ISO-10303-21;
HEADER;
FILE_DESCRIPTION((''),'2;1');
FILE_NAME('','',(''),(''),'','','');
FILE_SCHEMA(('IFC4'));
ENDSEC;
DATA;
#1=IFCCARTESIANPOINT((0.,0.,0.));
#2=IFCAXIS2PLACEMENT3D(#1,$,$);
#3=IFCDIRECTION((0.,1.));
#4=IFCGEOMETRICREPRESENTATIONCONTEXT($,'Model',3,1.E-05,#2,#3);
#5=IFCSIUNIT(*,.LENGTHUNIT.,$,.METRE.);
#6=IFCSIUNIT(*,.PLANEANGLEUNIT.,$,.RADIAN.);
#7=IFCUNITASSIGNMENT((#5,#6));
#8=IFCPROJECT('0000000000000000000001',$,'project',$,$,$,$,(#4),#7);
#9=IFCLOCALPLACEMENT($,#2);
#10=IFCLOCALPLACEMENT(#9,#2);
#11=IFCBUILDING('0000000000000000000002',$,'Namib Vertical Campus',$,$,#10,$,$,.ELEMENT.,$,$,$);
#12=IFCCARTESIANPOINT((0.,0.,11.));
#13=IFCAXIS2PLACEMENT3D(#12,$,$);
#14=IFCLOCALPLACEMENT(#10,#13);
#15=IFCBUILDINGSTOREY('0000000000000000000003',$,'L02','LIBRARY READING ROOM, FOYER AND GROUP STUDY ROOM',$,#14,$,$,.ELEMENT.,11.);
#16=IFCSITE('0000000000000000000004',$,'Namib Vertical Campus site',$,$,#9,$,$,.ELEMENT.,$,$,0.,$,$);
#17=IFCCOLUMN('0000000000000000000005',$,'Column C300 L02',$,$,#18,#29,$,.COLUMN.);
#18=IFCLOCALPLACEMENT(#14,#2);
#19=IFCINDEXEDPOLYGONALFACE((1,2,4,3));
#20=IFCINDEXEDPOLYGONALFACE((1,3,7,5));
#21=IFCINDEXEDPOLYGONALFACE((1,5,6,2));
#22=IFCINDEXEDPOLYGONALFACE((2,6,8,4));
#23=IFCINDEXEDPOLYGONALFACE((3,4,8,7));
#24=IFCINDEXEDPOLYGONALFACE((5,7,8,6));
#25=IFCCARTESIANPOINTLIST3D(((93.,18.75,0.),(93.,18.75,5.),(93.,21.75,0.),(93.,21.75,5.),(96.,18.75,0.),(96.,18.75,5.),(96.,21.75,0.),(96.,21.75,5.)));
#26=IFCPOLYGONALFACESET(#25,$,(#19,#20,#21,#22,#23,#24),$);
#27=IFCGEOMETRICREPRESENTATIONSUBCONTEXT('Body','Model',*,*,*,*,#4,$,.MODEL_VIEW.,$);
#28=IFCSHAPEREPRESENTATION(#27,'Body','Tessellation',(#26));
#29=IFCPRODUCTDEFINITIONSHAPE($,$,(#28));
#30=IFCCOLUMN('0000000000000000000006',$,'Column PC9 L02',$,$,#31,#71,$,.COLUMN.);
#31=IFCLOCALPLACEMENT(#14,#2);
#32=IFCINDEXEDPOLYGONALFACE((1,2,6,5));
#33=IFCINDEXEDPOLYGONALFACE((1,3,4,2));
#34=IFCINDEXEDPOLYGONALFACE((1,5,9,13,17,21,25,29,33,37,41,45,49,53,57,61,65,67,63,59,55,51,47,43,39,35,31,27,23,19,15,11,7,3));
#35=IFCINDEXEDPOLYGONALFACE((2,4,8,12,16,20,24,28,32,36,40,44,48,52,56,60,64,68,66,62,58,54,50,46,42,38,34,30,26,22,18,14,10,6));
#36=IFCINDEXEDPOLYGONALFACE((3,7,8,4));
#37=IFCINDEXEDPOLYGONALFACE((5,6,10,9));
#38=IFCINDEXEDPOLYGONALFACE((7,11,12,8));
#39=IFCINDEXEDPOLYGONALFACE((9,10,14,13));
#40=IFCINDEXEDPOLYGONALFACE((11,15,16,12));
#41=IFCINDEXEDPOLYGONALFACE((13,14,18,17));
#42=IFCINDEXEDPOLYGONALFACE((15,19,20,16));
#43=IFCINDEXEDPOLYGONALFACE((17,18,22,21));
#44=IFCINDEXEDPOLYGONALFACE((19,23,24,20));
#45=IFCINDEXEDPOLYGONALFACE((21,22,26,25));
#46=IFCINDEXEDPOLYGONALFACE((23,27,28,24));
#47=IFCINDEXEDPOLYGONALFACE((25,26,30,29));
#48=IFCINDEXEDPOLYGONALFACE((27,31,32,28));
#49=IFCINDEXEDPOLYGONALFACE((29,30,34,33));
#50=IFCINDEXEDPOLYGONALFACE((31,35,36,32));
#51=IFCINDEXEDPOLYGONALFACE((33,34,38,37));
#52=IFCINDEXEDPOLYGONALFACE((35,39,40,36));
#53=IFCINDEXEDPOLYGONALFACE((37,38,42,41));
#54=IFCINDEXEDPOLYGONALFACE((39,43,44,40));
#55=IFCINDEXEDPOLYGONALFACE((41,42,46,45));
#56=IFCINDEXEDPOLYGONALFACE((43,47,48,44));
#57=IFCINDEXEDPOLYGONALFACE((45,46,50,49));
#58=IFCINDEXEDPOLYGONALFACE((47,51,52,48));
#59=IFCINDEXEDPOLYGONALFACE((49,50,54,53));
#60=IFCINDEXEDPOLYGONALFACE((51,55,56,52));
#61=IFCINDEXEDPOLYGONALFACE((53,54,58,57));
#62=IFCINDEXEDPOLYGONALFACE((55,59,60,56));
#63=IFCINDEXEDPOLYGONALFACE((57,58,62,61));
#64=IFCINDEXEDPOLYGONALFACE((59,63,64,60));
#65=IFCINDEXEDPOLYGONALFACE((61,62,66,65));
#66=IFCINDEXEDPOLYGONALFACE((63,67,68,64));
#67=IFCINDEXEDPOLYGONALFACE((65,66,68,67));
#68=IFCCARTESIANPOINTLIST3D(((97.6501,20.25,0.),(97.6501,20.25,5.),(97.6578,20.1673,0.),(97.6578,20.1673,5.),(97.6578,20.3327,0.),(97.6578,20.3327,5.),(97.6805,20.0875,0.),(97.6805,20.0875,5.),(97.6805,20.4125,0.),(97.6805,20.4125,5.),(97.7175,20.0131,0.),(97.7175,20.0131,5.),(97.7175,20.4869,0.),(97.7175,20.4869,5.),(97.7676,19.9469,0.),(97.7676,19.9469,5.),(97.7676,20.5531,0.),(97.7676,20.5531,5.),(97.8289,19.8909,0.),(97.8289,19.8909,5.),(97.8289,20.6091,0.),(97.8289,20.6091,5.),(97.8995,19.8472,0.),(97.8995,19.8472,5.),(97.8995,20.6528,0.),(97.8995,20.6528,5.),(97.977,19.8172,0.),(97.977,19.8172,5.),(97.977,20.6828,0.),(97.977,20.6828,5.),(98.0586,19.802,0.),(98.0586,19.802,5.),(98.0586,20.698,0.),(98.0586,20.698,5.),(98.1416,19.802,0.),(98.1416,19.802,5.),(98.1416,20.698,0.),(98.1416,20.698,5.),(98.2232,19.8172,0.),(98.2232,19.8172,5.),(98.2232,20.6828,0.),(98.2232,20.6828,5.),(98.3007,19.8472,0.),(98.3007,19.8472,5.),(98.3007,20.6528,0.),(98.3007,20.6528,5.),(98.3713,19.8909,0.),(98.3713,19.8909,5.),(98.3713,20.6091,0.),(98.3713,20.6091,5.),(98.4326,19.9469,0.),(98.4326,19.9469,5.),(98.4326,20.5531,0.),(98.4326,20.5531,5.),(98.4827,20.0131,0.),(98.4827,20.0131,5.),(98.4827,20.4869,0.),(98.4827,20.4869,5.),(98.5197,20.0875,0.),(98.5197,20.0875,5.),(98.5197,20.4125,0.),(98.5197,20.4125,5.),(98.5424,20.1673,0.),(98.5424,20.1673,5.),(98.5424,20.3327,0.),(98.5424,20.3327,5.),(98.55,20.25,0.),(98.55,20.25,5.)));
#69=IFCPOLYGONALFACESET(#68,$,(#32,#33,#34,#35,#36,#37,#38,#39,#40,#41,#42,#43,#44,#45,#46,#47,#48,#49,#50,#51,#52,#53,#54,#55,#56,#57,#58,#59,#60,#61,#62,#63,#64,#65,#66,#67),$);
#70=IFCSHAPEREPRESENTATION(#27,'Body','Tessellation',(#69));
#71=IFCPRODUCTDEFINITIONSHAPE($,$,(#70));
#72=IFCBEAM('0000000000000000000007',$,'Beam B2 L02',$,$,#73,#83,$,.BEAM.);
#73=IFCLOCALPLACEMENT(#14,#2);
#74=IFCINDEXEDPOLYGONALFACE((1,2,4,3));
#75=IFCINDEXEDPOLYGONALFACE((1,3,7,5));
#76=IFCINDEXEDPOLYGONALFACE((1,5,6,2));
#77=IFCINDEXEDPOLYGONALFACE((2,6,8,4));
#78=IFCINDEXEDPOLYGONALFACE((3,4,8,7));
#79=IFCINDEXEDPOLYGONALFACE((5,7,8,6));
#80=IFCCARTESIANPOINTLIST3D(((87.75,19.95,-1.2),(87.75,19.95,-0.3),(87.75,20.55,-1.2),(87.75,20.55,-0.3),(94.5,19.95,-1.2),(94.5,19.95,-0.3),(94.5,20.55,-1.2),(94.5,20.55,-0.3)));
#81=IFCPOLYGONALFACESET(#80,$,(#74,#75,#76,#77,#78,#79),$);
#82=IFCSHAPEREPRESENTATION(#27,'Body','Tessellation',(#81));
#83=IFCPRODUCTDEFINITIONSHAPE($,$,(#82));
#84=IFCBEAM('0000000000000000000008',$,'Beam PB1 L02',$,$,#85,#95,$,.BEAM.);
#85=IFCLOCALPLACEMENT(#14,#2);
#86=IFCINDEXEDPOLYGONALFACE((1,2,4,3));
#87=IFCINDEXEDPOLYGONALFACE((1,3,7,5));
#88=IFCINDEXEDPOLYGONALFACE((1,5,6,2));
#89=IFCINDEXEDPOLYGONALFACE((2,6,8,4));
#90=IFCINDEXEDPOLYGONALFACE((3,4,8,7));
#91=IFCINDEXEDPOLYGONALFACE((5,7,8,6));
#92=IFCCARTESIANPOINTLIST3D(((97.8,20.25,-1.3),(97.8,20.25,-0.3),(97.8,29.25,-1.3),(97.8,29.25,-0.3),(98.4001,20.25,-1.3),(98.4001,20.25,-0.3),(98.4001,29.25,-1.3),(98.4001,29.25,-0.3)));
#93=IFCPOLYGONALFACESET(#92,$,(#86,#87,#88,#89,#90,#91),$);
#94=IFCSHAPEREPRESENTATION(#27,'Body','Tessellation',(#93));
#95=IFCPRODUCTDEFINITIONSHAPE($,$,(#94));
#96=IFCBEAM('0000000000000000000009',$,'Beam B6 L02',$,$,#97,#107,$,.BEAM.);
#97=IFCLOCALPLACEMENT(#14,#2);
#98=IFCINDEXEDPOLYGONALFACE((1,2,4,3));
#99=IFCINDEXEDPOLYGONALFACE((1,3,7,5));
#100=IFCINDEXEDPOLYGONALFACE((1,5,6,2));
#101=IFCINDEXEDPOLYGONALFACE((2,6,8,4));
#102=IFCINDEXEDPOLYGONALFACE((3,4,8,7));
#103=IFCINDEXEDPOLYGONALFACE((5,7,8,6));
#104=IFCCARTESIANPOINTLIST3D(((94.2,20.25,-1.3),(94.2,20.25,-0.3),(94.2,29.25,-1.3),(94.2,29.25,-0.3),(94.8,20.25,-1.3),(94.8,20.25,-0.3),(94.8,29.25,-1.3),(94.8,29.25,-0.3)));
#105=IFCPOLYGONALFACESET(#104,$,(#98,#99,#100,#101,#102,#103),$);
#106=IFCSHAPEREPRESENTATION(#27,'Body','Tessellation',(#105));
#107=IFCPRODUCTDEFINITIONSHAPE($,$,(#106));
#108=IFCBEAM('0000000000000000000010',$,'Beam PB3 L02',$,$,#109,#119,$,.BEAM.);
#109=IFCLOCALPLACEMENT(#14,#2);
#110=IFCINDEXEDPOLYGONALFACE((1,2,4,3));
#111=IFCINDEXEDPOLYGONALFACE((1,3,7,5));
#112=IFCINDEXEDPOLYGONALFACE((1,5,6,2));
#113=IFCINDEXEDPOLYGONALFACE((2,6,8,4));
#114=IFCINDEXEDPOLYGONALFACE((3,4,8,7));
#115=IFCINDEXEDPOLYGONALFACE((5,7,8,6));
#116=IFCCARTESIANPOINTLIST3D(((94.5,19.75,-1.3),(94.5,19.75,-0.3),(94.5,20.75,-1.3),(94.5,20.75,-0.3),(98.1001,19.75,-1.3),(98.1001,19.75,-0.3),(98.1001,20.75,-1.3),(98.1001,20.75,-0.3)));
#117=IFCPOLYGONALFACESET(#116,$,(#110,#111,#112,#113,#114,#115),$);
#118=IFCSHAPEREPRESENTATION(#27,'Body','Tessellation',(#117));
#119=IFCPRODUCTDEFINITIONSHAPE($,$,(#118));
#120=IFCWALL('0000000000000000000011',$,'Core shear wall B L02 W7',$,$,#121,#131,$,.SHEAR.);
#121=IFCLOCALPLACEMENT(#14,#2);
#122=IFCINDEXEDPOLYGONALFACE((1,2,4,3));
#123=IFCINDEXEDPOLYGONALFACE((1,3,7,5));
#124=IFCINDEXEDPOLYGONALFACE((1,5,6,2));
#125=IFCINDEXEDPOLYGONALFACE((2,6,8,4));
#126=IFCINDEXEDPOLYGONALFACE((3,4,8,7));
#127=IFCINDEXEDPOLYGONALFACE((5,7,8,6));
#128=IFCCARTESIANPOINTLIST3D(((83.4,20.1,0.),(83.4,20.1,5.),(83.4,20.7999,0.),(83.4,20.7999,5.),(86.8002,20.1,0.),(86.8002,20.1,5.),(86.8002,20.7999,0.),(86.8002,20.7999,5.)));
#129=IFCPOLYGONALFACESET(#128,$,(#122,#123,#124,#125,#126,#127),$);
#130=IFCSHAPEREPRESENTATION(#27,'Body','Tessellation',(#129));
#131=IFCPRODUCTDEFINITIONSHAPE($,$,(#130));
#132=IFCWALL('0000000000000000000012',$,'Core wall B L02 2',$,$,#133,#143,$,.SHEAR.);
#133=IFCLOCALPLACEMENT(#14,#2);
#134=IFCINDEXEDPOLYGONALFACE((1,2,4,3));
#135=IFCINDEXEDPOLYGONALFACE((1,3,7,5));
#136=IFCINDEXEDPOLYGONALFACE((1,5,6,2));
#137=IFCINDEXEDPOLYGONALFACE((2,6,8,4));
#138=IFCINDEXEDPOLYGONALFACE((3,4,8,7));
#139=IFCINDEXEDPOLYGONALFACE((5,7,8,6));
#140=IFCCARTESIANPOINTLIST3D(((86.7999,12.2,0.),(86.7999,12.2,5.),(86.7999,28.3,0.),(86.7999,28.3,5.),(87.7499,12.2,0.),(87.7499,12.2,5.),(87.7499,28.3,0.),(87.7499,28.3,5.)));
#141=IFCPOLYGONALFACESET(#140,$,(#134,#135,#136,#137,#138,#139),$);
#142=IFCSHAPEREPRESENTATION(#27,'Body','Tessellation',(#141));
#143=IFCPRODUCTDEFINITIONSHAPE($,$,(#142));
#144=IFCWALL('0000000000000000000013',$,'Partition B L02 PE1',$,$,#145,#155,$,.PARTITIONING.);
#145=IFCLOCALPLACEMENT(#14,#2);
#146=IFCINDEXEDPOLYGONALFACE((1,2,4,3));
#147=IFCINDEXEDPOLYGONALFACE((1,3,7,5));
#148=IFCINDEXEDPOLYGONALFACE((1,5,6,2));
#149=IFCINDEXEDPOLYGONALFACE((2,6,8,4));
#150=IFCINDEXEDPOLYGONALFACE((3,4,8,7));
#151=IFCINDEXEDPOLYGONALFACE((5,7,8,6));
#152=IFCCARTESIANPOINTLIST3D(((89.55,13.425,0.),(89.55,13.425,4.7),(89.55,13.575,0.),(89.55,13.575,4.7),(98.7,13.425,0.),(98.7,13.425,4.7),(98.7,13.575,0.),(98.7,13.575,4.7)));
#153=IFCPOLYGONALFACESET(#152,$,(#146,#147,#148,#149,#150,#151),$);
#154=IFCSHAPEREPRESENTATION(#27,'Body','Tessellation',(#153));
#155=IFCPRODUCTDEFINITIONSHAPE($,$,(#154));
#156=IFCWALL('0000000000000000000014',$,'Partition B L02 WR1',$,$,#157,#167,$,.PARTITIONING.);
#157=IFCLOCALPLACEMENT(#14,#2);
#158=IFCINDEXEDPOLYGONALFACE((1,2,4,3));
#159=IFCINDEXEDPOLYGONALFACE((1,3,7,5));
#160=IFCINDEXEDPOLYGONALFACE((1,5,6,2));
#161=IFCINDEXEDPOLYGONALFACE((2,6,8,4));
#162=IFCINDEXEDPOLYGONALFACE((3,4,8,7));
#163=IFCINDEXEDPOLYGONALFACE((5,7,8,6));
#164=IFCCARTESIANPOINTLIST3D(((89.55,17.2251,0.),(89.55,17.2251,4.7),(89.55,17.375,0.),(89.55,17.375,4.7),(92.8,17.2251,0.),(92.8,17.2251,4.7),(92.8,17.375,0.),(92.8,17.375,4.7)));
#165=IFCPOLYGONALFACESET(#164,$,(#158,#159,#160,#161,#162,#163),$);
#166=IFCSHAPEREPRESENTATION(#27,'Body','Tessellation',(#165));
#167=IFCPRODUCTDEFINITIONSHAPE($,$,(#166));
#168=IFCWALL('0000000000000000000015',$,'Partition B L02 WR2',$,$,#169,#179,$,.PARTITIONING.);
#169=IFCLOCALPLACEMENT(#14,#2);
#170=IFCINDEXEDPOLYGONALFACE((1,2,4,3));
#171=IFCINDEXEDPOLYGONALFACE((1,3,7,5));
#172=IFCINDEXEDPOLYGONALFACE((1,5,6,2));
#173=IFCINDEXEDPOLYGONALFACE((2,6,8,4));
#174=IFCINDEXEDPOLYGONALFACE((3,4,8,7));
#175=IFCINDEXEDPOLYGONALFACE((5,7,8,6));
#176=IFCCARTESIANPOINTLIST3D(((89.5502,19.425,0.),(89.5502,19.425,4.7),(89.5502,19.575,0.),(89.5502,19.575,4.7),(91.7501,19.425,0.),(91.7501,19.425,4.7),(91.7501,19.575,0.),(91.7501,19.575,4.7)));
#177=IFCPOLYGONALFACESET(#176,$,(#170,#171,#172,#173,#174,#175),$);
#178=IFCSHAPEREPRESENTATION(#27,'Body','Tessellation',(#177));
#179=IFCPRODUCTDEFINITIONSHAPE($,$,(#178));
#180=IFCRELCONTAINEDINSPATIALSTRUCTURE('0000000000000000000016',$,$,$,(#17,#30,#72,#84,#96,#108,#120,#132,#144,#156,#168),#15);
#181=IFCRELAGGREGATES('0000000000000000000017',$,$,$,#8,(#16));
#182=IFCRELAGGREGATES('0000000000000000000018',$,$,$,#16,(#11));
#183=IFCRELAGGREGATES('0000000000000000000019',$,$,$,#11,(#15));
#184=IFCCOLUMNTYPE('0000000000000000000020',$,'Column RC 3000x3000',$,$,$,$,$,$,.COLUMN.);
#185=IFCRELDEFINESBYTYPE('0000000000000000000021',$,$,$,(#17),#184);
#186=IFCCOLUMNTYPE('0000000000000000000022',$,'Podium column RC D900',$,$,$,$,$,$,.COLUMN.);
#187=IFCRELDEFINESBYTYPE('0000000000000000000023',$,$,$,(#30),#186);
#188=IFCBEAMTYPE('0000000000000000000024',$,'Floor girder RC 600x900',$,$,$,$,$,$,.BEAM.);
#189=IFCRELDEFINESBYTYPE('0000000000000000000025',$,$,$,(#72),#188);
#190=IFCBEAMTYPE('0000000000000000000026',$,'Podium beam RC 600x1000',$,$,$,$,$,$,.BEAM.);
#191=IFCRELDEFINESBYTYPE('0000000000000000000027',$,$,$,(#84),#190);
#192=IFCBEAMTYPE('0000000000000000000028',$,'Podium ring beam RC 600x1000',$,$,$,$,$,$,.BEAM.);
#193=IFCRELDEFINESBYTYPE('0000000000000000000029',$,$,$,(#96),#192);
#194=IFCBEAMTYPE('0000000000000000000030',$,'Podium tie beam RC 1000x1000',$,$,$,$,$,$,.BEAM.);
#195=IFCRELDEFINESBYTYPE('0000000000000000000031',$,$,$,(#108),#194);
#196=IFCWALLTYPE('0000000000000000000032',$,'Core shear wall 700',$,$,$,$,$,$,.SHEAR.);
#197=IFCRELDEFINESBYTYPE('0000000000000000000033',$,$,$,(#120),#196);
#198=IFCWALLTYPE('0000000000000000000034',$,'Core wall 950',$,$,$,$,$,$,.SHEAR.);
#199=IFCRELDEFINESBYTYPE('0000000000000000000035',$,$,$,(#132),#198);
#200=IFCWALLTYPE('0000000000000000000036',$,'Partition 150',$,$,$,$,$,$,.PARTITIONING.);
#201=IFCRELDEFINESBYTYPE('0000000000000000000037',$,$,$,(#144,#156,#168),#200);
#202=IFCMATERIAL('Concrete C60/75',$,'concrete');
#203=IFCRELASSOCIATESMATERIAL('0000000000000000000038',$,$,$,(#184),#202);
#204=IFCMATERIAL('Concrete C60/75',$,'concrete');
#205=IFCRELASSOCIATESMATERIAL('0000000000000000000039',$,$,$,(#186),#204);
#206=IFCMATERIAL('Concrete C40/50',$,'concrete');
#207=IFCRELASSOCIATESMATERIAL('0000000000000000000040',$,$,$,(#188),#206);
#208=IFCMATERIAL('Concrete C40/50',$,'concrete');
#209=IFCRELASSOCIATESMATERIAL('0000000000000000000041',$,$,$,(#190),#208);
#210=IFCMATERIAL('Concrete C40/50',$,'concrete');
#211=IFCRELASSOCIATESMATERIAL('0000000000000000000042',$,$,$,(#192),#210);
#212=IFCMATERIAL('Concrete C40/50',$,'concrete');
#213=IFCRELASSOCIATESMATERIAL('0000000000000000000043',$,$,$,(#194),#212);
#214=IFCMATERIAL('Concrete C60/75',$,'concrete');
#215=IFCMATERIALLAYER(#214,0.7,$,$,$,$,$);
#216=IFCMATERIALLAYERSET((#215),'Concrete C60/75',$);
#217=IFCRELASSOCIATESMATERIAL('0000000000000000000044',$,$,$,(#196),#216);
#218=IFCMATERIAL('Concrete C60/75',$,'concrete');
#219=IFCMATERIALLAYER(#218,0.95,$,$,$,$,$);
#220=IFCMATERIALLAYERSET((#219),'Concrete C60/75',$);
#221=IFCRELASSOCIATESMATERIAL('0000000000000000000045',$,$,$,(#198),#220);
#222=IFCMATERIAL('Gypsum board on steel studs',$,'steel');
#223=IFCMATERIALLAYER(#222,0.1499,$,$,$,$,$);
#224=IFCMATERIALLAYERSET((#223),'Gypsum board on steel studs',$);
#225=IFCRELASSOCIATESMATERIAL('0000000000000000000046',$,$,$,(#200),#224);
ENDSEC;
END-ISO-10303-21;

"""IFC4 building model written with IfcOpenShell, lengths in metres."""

from ifc_helpers import new_model, si_unit, direction, frame, frame_2d, origin, origin_2d, place, context, subcontext, project, spatial, rectangle, circle, extrude, material, layer, layer_set, material_profile, profile_set, type_object, element, save


model = new_model("IFC4")

# Units and contexts
model_context = context("Model", 3, precision=1e-05, world=origin(), true_north=direction((0.0, 1.0)))
body_context = subcontext(model_context, "Body", "Model", "MODEL_VIEW")
ifc_project = project(units=[si_unit("LENGTHUNIT", "METRE"), si_unit("PLANEANGLEUNIT", "RADIAN")], contexts=[model_context])

# Site, building, storey
site_placement = place(None, origin())
site = spatial("IfcSite", under=ifc_project, at=site_placement, Name="Namib Vertical Campus site", CompositionType="ELEMENT", RefElevation=0.0)
building_placement = place(site_placement, origin())
building = spatial("IfcBuilding", under=site, at=building_placement, Name="Namib Vertical Campus", CompositionType="ELEMENT")
storey_placement = place(building_placement, frame((0.0, 0.0, 11.0)))
storey = spatial("IfcBuildingStorey", under=building, at=storey_placement, Name="L02", Description="LIBRARY READING ROOM, FOYER AND GROUP STUDY ROOM", CompositionType="ELEMENT", Elevation=11.0)

# Columns
ifc_material_1 = material(Name="Concrete C60/75", Category="concrete")
ifc_material_profile_1 = material_profile(ifc_material_1, rectangle(XDim=3.0, YDim=3.0, at=origin_2d()))
ifc_profile_set_1 = profile_set([ifc_material_profile_1], Name="Concrete C60/75")
column_type_1 = type_object("IfcColumnType", Name="Column RC 3000x3000", PredefinedType="COLUMN", material=ifc_profile_set_1)
column_1_placement = place(storey_placement, frame((94.5, 20.25, 0.0), z_axis=(0.0, 0.0, 1.0), x_axis=(1.0, 0.0, 0.0)))
element("IfcColumn", 1, at=column_1_placement, inside=storey, type_object=column_type_1, Name="Column C300 L02", PredefinedType="COLUMN", context=body_context, shape_type="SweptSolid", body=[
    extrude(rectangle(XDim=3.0, YDim=3.0, at=origin_2d()), origin(), (0.0, 0.0, 1.0), 5.0),
])
ifc_material_2 = material(Name="Concrete C60/75", Category="concrete")
ifc_material_profile_2 = material_profile(ifc_material_2, circle(Radius=0.45, at=origin_2d()))
ifc_profile_set_2 = profile_set([ifc_material_profile_2], Name="Concrete C60/75")
column_type_2 = type_object("IfcColumnType", Name="Podium column RC D900", PredefinedType="COLUMN", material=ifc_profile_set_2)
column_2_placement = place(storey_placement, frame((98.1001, 20.25, 0.0), z_axis=(0.0, 0.0, 1.0), x_axis=(1.0, 0.0, 0.0)))
element("IfcColumn", 2, at=column_2_placement, inside=storey, type_object=column_type_2, Name="Column PC9 L02", PredefinedType="COLUMN", context=body_context, shape_type="SweptSolid", body=[
    extrude(circle(Radius=0.45, at=origin_2d()), origin(), (0.0, 0.0, 1.0), 5.0),
])

# Beams
ifc_material_3 = material(Name="Concrete C40/50", Category="concrete")
ifc_material_profile_3 = material_profile(ifc_material_3, rectangle(XDim=0.6001, YDim=0.8999, at=origin_2d()))
ifc_profile_set_3 = profile_set([ifc_material_profile_3], Name="Concrete C40/50")
beam_type_1 = type_object("IfcBeamType", Name="Floor girder RC 600x900", PredefinedType="BEAM", material=ifc_profile_set_3)
beam_1_placement = place(storey_placement, frame((94.5, 20.25, -0.75), z_axis=(-1.0, 0.0, 0.0), x_axis=(0.0, -1.0, 0.0)))
element("IfcBeam", 3, at=beam_1_placement, inside=storey, type_object=beam_type_1, Name="Beam B2 L02", PredefinedType="BEAM", context=body_context, shape_type="SweptSolid", body=[
    extrude(rectangle(XDim=0.6001, YDim=0.8999, at=origin_2d()), origin(), (0.0, 0.0, 1.0), 6.75),
])
ifc_material_4 = material(Name="Concrete C40/50", Category="concrete")
ifc_material_profile_4 = material_profile(ifc_material_4, rectangle(XDim=0.6001, YDim=1.0, at=origin_2d()))
ifc_profile_set_4 = profile_set([ifc_material_profile_4], Name="Concrete C40/50")
beam_type_2 = type_object("IfcBeamType", Name="Podium beam RC 600x1000", PredefinedType="BEAM", material=ifc_profile_set_4)
beam_2_placement = place(storey_placement, frame((98.1001, 20.25, -0.8), z_axis=(0.0, 1.0, 0.0), x_axis=(-1.0, 0.0, 0.0)))
element("IfcBeam", 4, at=beam_2_placement, inside=storey, type_object=beam_type_2, Name="Beam PB1 L02", PredefinedType="BEAM", context=body_context, shape_type="SweptSolid", body=[
    extrude(rectangle(XDim=0.6001, YDim=1.0, at=origin_2d()), origin(), (0.0, 0.0, 1.0), 9.0),
])
ifc_material_5 = material(Name="Concrete C40/50", Category="concrete")
ifc_material_profile_5 = material_profile(ifc_material_5, rectangle(XDim=0.6001, YDim=1.0, at=origin_2d()))
ifc_profile_set_5 = profile_set([ifc_material_profile_5], Name="Concrete C40/50")
beam_type_3 = type_object("IfcBeamType", Name="Podium ring beam RC 600x1000", PredefinedType="BEAM", material=ifc_profile_set_5)
beam_3_placement = place(storey_placement, frame((94.5, 20.25, -0.8), z_axis=(0.0, 1.0, 0.0), x_axis=(-1.0, 0.0, 0.0)))
element("IfcBeam", 5, at=beam_3_placement, inside=storey, type_object=beam_type_3, Name="Beam B6 L02", PredefinedType="BEAM", context=body_context, shape_type="SweptSolid", body=[
    extrude(rectangle(XDim=0.6001, YDim=1.0, at=origin_2d()), origin(), (0.0, 0.0, 1.0), 9.0),
])
ifc_material_6 = material(Name="Concrete C40/50", Category="concrete")
ifc_material_profile_6 = material_profile(ifc_material_6, rectangle(XDim=1.0, YDim=1.0, at=origin_2d()))
ifc_profile_set_6 = profile_set([ifc_material_profile_6], Name="Concrete C40/50")
beam_type_4 = type_object("IfcBeamType", Name="Podium tie beam RC 1000x1000", PredefinedType="BEAM", material=ifc_profile_set_6)
beam_4_placement = place(storey_placement, frame((94.5, 20.25, -0.8), z_axis=(1.0, 0.0, 0.0), x_axis=(0.0, 1.0, 0.0)))
element("IfcBeam", 6, at=beam_4_placement, inside=storey, type_object=beam_type_4, Name="Beam PB3 L02", PredefinedType="BEAM", context=body_context, shape_type="SweptSolid", body=[
    extrude(rectangle(XDim=1.0, YDim=1.0, at=origin_2d()), origin(), (0.0, 0.0, 1.0), 3.6001),
])

# Walls
ifc_material_7 = material(Name="Concrete C60/75", Category="concrete")
ifc_layer_1 = layer(ifc_material_7, 0.7)
ifc_layer_set_1 = layer_set([ifc_layer_1], Name="Concrete C60/75")
wall_type_1 = type_object("IfcWallType", Name="Core shear wall 700", PredefinedType="SHEAR", material=ifc_layer_set_1)
wall_1_placement = place(storey_placement, frame((83.3999, 20.45, 0.0), z_axis=(0.0, 0.0, 1.0), x_axis=(1.0, 0.0, 0.0)))
element("IfcWall", 7, at=wall_1_placement, inside=storey, type_object=wall_type_1, Name="Core shear wall B L02 W7", PredefinedType="SHEAR", context=body_context, shape_type="SweptSolid", body=[
    extrude(rectangle(XDim=3.4001, YDim=0.7, at=frame_2d((1.7002, 0.0))), origin(), (0.0, 0.0, 1.0), 5.0),
])
ifc_material_8 = material(Name="Concrete C60/75", Category="concrete")
ifc_layer_2 = layer(ifc_material_8, 0.95)
ifc_layer_set_2 = layer_set([ifc_layer_2], Name="Concrete C60/75")
wall_type_2 = type_object("IfcWallType", Name="Core wall 950", PredefinedType="SHEAR", material=ifc_layer_set_2)
wall_2_placement = place(storey_placement, frame((87.2749, 12.2, 0.0), z_axis=(0.0, 0.0, 1.0), x_axis=(0.0, 1.0, 0.0)))
element("IfcWall", 8, at=wall_2_placement, inside=storey, type_object=wall_type_2, Name="Core wall B L02 2", PredefinedType="SHEAR", context=body_context, shape_type="SweptSolid", body=[
    extrude(rectangle(XDim=16.1001, YDim=0.95, at=frame_2d((8.05, 0.0))), origin(), (0.0, 0.0, 1.0), 5.0),
])
ifc_material_9 = material(Name="Gypsum board on steel studs", Category="steel")
ifc_layer_3 = layer(ifc_material_9, 0.1499)
ifc_layer_set_3 = layer_set([ifc_layer_3], Name="Gypsum board on steel studs")
wall_type_3 = type_object("IfcWallType", Name="Partition 150", PredefinedType="PARTITIONING", material=ifc_layer_set_3)
wall_3_placement = place(storey_placement, frame((89.55, 13.5, 0.0), z_axis=(0.0, 0.0, 1.0), x_axis=(1.0, 0.0, 0.0)))
element("IfcWall", 9, at=wall_3_placement, inside=storey, type_object=wall_type_3, Name="Partition B L02 PE1", PredefinedType="PARTITIONING", context=body_context, shape_type="SweptSolid", body=[
    extrude(rectangle(XDim=9.1499, YDim=0.1499, at=frame_2d((4.575, 0.0))), origin(), (0.0, 0.0, 1.0), 4.7),
])
wall_4_placement = place(storey_placement, frame((89.55, 17.3, 0.0), z_axis=(0.0, 0.0, 1.0), x_axis=(1.0, 0.0, 0.0)))
element("IfcWall", 10, at=wall_4_placement, inside=storey, type_object=wall_type_3, Name="Partition B L02 WR1", PredefinedType="PARTITIONING", context=body_context, shape_type="SweptSolid", body=[
    extrude(rectangle(XDim=3.25, YDim=0.1499, at=frame_2d((1.625, 0.0))), origin(), (0.0, 0.0, 1.0), 4.7),
])
wall_5_placement = place(storey_placement, frame((89.55, 19.5, 0.0), z_axis=(0.0, 0.0, 1.0), x_axis=(1.0, 0.0, 0.0)))
element("IfcWall", 11, at=wall_5_placement, inside=storey, type_object=wall_type_3, Name="Partition B L02 WR2", PredefinedType="PARTITIONING", context=body_context, shape_type="SweptSolid", body=[
    extrude(rectangle(XDim=2.2, YDim=0.1499, at=frame_2d((1.1001, 0.0))), origin(), (0.0, 0.0, 1.0), 4.7),
])

save(model, "model.ifc")
